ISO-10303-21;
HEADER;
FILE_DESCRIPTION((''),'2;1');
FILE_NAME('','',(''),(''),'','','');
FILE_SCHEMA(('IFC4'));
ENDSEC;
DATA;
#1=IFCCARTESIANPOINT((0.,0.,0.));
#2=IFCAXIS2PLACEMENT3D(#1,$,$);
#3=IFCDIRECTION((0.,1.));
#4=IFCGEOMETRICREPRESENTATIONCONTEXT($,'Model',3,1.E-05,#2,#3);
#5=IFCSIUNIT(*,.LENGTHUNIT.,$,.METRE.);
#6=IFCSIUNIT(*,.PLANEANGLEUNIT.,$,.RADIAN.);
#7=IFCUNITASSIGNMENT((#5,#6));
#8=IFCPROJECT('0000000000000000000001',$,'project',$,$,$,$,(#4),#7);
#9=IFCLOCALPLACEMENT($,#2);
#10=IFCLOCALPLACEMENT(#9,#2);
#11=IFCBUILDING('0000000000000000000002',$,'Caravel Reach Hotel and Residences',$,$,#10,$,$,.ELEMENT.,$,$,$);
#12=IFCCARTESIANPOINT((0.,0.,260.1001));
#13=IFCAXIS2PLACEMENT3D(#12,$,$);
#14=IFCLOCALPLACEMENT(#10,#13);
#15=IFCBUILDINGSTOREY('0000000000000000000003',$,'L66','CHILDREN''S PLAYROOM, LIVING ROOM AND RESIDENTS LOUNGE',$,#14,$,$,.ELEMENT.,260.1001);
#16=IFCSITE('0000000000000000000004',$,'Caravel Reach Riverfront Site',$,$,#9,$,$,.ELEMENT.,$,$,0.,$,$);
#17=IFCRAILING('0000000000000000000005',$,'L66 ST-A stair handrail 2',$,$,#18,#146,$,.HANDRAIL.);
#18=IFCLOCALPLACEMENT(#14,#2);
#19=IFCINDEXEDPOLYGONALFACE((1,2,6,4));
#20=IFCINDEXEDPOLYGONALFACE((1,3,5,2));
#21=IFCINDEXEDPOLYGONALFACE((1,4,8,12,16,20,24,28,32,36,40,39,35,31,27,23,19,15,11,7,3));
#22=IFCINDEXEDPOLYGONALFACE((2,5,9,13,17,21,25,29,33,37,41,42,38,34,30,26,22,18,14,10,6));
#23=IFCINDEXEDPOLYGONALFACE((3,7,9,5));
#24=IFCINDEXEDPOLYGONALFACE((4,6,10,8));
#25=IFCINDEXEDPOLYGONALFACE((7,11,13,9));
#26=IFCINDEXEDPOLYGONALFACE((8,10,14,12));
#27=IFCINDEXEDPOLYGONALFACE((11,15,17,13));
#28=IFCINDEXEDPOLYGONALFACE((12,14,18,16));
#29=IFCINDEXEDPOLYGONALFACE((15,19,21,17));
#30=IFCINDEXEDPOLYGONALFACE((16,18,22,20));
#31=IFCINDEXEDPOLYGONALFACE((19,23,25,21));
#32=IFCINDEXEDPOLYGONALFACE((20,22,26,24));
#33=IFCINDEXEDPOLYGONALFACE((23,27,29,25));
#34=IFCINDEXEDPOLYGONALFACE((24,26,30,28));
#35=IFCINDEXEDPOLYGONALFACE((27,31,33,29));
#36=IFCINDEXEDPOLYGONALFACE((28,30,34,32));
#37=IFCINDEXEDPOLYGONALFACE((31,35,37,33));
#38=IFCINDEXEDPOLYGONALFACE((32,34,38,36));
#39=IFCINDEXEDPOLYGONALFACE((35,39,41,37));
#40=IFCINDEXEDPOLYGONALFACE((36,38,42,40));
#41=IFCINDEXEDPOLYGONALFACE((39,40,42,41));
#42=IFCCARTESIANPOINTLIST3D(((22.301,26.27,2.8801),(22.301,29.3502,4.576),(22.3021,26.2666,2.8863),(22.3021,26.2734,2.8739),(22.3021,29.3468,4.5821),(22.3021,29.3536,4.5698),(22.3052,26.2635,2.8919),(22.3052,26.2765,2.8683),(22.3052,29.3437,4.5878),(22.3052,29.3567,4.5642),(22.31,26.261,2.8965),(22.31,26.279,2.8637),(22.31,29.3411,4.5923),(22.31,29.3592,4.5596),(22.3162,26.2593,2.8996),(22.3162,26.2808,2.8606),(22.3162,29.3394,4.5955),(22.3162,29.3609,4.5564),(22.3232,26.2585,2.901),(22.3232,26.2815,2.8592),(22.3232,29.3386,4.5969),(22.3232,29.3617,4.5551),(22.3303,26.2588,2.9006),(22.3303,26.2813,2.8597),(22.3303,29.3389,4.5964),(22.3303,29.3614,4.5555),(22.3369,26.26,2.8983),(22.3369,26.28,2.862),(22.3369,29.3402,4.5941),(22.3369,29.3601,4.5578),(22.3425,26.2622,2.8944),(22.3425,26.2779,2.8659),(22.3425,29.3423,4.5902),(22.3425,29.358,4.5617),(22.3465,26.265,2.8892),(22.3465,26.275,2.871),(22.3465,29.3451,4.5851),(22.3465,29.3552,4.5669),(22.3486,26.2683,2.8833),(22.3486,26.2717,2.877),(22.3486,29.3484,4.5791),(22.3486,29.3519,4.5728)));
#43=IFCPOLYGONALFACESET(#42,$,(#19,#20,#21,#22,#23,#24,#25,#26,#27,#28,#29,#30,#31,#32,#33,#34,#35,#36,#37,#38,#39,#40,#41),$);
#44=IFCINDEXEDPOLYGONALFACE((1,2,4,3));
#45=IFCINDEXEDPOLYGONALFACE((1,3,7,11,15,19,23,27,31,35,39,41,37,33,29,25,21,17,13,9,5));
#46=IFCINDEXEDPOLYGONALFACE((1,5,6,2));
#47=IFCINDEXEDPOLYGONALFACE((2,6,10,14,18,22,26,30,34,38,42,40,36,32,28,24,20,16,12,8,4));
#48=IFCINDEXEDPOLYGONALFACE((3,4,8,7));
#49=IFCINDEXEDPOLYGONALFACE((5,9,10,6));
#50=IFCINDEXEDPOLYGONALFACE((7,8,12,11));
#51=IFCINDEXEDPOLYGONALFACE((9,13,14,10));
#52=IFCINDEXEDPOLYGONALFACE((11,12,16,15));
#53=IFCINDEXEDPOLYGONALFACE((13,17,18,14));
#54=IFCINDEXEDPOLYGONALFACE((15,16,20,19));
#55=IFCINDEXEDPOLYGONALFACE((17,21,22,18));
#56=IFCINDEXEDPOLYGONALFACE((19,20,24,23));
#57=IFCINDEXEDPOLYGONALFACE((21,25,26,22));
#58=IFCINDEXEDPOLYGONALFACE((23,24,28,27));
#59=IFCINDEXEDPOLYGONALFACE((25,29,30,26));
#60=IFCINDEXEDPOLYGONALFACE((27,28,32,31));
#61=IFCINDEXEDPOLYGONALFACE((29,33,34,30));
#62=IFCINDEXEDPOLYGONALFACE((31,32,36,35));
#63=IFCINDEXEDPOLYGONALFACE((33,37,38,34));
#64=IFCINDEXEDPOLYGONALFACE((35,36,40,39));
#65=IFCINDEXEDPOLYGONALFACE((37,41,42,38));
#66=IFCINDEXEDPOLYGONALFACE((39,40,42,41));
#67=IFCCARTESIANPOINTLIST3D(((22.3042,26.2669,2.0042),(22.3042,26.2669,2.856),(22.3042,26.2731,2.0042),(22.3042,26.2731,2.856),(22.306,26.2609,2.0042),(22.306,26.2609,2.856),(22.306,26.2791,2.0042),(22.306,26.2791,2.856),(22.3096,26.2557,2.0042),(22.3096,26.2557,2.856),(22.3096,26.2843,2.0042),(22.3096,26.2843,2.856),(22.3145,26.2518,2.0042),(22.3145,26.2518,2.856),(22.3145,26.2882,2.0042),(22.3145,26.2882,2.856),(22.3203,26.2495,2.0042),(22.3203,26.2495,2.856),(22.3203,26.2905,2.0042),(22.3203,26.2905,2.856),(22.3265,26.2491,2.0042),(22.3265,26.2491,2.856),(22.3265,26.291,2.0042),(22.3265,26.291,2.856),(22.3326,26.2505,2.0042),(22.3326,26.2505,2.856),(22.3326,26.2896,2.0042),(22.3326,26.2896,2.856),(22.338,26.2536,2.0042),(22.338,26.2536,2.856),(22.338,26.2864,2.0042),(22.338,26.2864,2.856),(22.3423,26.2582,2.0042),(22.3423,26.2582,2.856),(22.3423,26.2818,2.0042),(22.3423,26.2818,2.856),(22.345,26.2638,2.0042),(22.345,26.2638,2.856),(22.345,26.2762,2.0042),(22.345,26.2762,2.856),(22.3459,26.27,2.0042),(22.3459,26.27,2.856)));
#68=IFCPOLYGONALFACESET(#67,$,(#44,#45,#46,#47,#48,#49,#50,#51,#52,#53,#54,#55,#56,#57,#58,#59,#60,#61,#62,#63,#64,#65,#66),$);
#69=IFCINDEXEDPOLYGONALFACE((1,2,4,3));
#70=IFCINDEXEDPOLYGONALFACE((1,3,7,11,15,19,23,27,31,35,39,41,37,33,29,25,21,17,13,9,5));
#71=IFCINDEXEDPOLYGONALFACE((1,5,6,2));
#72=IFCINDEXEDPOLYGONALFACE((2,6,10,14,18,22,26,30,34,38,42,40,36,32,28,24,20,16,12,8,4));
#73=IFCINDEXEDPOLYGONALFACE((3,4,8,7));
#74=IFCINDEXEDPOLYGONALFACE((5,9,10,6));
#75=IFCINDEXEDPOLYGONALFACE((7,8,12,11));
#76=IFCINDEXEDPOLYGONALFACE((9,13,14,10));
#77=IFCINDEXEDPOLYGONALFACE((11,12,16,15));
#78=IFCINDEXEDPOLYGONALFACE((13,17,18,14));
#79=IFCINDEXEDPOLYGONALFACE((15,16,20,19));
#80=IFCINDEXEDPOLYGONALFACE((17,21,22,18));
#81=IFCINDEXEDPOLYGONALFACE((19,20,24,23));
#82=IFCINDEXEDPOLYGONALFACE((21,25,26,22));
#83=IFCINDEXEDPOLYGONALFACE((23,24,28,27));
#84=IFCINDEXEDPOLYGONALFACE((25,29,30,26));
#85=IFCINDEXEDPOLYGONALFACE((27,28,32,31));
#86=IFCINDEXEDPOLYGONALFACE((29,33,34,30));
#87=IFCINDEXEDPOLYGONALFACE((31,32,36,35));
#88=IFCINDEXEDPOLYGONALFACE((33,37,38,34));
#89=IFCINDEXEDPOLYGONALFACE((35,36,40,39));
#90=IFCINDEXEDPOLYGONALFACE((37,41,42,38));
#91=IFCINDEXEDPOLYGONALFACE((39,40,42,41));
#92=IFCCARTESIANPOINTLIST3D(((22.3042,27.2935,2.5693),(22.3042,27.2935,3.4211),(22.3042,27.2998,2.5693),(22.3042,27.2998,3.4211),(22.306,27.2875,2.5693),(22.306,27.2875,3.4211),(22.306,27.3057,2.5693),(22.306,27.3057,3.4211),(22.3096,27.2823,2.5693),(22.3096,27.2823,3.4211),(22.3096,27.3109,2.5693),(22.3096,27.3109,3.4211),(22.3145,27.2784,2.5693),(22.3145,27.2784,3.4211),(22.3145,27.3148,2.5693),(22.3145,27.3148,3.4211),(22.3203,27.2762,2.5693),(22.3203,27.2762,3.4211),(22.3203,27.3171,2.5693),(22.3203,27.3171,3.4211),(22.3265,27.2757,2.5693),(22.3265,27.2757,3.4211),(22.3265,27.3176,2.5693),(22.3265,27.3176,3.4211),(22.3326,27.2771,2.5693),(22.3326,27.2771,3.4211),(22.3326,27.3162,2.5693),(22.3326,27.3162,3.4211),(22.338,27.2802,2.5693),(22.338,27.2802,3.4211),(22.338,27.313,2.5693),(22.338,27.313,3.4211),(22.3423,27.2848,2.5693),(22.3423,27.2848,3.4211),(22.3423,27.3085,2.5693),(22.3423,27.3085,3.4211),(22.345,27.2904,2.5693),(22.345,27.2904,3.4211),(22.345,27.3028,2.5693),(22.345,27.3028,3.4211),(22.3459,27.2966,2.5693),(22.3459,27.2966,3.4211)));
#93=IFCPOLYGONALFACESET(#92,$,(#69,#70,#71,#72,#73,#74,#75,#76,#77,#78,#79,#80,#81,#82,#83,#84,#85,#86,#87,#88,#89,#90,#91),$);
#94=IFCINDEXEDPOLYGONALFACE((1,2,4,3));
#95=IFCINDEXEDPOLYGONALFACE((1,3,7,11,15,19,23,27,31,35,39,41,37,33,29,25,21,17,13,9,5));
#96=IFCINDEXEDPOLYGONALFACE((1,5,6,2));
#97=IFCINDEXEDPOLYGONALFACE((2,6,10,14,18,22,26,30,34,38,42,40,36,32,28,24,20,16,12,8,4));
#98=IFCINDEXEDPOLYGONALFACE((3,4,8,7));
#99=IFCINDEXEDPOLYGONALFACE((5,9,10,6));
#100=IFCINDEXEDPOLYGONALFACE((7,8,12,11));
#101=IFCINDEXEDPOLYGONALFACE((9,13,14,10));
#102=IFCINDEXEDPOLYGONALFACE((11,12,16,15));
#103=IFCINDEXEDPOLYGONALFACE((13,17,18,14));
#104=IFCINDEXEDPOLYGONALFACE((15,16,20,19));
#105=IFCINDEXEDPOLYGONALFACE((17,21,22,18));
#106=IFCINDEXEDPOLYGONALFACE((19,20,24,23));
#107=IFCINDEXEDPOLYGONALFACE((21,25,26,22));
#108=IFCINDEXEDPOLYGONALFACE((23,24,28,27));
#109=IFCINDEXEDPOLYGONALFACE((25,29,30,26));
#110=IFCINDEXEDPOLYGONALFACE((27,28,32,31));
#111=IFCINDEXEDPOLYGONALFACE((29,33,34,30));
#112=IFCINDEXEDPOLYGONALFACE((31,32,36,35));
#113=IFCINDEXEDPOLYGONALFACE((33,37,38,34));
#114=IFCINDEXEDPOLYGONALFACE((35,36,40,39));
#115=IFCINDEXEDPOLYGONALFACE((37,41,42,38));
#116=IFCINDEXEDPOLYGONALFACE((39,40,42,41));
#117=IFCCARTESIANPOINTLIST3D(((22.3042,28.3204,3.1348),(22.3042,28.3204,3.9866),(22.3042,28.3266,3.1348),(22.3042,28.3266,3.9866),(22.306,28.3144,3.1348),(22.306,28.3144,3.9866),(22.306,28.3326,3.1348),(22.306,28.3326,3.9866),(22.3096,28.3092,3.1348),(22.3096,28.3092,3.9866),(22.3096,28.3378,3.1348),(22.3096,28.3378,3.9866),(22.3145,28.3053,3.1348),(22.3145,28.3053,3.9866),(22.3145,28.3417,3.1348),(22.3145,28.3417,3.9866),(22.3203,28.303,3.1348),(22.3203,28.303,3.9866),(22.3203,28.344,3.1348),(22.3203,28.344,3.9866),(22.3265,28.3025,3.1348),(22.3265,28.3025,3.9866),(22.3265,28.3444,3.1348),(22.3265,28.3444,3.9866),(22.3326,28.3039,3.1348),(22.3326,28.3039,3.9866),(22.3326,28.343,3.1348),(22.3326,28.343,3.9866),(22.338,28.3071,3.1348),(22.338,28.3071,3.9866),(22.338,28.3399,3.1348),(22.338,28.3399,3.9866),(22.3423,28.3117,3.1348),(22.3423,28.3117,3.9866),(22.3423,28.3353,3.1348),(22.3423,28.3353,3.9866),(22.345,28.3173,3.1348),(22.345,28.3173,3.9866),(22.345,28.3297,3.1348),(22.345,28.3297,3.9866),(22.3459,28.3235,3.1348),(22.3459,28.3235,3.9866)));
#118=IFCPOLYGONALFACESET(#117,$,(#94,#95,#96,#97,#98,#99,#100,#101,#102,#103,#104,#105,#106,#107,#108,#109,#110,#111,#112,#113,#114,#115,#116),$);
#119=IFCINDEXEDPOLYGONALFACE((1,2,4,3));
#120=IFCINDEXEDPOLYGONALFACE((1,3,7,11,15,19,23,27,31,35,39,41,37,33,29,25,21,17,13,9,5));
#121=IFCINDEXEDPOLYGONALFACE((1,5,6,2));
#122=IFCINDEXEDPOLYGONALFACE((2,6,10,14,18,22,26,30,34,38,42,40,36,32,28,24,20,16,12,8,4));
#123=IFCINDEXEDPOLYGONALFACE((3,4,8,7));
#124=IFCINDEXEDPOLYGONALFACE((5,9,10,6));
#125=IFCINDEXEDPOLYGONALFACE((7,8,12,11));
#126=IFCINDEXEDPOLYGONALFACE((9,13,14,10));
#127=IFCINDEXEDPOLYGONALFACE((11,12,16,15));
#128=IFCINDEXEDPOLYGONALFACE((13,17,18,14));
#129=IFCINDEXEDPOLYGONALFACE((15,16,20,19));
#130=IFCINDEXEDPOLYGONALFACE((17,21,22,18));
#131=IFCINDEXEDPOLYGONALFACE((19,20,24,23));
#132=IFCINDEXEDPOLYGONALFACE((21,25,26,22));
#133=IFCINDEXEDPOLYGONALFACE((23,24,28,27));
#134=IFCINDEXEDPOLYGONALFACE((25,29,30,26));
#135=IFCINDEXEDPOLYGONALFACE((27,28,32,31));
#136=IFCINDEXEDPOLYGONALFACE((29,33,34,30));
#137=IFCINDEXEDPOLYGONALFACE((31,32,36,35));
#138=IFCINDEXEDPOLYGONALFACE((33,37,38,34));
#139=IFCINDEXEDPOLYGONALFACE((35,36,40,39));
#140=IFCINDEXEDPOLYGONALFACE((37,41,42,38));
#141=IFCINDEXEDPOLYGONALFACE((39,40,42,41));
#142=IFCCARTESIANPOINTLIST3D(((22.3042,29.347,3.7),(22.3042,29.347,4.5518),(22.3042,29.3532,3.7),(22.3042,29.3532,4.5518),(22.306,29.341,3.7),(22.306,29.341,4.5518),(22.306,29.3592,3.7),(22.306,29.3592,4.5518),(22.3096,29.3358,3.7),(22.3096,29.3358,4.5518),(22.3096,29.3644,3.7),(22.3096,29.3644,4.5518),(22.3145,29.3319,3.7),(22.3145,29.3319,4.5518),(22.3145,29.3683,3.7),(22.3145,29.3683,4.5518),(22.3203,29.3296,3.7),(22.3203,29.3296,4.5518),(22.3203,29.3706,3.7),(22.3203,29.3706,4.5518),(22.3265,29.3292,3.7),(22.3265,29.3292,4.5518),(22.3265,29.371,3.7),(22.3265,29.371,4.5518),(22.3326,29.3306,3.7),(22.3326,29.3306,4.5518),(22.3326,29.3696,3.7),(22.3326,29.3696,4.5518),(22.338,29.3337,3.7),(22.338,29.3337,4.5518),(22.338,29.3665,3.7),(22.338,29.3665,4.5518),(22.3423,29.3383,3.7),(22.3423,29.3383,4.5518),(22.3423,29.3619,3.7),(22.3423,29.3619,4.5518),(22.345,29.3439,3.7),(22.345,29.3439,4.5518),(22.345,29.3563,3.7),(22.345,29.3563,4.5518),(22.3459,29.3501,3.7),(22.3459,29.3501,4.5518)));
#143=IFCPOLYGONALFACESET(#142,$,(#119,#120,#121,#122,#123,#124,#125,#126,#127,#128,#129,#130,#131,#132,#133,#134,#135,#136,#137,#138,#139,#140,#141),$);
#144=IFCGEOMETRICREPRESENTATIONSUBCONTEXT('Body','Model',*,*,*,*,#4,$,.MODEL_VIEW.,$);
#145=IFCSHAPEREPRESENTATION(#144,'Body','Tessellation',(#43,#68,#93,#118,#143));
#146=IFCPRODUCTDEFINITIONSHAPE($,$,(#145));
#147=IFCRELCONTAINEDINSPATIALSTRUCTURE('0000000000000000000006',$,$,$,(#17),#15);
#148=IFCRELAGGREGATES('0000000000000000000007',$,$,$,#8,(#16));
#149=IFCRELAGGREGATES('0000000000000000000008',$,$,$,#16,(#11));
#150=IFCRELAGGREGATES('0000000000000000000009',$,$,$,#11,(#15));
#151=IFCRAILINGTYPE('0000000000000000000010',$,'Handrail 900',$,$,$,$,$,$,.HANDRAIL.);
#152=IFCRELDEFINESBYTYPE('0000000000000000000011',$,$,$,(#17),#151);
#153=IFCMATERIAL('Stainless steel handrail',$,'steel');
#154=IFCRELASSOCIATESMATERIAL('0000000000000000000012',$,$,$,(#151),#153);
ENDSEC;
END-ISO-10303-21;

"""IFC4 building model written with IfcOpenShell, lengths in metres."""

from ifc_helpers import new_model, si_unit, direction, frame, origin, origin_2d, place, context, subcontext, project, spatial, circle, extrude, material, type_object, element, save


model = new_model("IFC4")

# Units and contexts
model_context = context("Model", 3, precision=1e-05, world=origin(), true_north=direction((0.0, 1.0)))
body_context = subcontext(model_context, "Body", "Model", "MODEL_VIEW")
ifc_project = project(units=[si_unit("LENGTHUNIT", "METRE"), si_unit("PLANEANGLEUNIT", "RADIAN")], contexts=[model_context])

# Site, building, storey
site_placement = place(None, origin())
site = spatial("IfcSite", under=ifc_project, at=site_placement, Name="Caravel Reach Riverfront Site", CompositionType="ELEMENT", RefElevation=0.0)
building_placement = place(site_placement, origin())
building = spatial("IfcBuilding", under=site, at=building_placement, Name="Caravel Reach Hotel and Residences", CompositionType="ELEMENT")
storey_placement = place(building_placement, frame((0.0, 0.0, 260.1001)))
storey = spatial("IfcBuildingStorey", under=building, at=storey_placement, Name="L66", Description="CHILDREN'S PLAYROOM, LIVING ROOM AND RESIDENTS LOUNGE", CompositionType="ELEMENT", Elevation=260.1001)

# Railing
ifc_material_1 = material(Name="Stainless steel handrail", Category="steel")
railing_type_1 = type_object("IfcRailingType", Name="Handrail 900", PredefinedType="HANDRAIL", material=ifc_material_1)
railing_1_placement = place(storey_placement, frame((22.325, 26.27, 2.0042)))
element("IfcRailing", 1, at=railing_1_placement, inside=storey, type_object=railing_type_1, Name="L66 ST-A stair handrail 2", PredefinedType="HANDRAIL", context=body_context, shape_type="SweptSolid", body=[
    extrude(circle(Radius=0.0239, at=origin_2d()), frame((0.0, 0.0, 0.876), z_axis=(0.0, 0.876005, 0.482303), x_axis=(-1.0, 0.0, 0.0)), (0.0, 0.0, 1.0), 3.5161),
    extrude(circle(Radius=0.021, at=origin_2d()), origin(), (0.0, 0.0, 1.0), 0.8518),
    extrude(circle(Radius=0.021, at=origin_2d()), frame((0.0, 1.0266, 0.5652)), (0.0, 0.0, 1.0), 0.8518),
    extrude(circle(Radius=0.021, at=origin_2d()), frame((0.0, 2.0535, 1.1306)), (0.0, 0.0, 1.0), 0.8518),
    extrude(circle(Radius=0.021, at=origin_2d()), frame((0.0, 3.0801, 1.6958)), (0.0, 0.0, 1.0), 0.8518),
])

save(model, "model.ifc")
